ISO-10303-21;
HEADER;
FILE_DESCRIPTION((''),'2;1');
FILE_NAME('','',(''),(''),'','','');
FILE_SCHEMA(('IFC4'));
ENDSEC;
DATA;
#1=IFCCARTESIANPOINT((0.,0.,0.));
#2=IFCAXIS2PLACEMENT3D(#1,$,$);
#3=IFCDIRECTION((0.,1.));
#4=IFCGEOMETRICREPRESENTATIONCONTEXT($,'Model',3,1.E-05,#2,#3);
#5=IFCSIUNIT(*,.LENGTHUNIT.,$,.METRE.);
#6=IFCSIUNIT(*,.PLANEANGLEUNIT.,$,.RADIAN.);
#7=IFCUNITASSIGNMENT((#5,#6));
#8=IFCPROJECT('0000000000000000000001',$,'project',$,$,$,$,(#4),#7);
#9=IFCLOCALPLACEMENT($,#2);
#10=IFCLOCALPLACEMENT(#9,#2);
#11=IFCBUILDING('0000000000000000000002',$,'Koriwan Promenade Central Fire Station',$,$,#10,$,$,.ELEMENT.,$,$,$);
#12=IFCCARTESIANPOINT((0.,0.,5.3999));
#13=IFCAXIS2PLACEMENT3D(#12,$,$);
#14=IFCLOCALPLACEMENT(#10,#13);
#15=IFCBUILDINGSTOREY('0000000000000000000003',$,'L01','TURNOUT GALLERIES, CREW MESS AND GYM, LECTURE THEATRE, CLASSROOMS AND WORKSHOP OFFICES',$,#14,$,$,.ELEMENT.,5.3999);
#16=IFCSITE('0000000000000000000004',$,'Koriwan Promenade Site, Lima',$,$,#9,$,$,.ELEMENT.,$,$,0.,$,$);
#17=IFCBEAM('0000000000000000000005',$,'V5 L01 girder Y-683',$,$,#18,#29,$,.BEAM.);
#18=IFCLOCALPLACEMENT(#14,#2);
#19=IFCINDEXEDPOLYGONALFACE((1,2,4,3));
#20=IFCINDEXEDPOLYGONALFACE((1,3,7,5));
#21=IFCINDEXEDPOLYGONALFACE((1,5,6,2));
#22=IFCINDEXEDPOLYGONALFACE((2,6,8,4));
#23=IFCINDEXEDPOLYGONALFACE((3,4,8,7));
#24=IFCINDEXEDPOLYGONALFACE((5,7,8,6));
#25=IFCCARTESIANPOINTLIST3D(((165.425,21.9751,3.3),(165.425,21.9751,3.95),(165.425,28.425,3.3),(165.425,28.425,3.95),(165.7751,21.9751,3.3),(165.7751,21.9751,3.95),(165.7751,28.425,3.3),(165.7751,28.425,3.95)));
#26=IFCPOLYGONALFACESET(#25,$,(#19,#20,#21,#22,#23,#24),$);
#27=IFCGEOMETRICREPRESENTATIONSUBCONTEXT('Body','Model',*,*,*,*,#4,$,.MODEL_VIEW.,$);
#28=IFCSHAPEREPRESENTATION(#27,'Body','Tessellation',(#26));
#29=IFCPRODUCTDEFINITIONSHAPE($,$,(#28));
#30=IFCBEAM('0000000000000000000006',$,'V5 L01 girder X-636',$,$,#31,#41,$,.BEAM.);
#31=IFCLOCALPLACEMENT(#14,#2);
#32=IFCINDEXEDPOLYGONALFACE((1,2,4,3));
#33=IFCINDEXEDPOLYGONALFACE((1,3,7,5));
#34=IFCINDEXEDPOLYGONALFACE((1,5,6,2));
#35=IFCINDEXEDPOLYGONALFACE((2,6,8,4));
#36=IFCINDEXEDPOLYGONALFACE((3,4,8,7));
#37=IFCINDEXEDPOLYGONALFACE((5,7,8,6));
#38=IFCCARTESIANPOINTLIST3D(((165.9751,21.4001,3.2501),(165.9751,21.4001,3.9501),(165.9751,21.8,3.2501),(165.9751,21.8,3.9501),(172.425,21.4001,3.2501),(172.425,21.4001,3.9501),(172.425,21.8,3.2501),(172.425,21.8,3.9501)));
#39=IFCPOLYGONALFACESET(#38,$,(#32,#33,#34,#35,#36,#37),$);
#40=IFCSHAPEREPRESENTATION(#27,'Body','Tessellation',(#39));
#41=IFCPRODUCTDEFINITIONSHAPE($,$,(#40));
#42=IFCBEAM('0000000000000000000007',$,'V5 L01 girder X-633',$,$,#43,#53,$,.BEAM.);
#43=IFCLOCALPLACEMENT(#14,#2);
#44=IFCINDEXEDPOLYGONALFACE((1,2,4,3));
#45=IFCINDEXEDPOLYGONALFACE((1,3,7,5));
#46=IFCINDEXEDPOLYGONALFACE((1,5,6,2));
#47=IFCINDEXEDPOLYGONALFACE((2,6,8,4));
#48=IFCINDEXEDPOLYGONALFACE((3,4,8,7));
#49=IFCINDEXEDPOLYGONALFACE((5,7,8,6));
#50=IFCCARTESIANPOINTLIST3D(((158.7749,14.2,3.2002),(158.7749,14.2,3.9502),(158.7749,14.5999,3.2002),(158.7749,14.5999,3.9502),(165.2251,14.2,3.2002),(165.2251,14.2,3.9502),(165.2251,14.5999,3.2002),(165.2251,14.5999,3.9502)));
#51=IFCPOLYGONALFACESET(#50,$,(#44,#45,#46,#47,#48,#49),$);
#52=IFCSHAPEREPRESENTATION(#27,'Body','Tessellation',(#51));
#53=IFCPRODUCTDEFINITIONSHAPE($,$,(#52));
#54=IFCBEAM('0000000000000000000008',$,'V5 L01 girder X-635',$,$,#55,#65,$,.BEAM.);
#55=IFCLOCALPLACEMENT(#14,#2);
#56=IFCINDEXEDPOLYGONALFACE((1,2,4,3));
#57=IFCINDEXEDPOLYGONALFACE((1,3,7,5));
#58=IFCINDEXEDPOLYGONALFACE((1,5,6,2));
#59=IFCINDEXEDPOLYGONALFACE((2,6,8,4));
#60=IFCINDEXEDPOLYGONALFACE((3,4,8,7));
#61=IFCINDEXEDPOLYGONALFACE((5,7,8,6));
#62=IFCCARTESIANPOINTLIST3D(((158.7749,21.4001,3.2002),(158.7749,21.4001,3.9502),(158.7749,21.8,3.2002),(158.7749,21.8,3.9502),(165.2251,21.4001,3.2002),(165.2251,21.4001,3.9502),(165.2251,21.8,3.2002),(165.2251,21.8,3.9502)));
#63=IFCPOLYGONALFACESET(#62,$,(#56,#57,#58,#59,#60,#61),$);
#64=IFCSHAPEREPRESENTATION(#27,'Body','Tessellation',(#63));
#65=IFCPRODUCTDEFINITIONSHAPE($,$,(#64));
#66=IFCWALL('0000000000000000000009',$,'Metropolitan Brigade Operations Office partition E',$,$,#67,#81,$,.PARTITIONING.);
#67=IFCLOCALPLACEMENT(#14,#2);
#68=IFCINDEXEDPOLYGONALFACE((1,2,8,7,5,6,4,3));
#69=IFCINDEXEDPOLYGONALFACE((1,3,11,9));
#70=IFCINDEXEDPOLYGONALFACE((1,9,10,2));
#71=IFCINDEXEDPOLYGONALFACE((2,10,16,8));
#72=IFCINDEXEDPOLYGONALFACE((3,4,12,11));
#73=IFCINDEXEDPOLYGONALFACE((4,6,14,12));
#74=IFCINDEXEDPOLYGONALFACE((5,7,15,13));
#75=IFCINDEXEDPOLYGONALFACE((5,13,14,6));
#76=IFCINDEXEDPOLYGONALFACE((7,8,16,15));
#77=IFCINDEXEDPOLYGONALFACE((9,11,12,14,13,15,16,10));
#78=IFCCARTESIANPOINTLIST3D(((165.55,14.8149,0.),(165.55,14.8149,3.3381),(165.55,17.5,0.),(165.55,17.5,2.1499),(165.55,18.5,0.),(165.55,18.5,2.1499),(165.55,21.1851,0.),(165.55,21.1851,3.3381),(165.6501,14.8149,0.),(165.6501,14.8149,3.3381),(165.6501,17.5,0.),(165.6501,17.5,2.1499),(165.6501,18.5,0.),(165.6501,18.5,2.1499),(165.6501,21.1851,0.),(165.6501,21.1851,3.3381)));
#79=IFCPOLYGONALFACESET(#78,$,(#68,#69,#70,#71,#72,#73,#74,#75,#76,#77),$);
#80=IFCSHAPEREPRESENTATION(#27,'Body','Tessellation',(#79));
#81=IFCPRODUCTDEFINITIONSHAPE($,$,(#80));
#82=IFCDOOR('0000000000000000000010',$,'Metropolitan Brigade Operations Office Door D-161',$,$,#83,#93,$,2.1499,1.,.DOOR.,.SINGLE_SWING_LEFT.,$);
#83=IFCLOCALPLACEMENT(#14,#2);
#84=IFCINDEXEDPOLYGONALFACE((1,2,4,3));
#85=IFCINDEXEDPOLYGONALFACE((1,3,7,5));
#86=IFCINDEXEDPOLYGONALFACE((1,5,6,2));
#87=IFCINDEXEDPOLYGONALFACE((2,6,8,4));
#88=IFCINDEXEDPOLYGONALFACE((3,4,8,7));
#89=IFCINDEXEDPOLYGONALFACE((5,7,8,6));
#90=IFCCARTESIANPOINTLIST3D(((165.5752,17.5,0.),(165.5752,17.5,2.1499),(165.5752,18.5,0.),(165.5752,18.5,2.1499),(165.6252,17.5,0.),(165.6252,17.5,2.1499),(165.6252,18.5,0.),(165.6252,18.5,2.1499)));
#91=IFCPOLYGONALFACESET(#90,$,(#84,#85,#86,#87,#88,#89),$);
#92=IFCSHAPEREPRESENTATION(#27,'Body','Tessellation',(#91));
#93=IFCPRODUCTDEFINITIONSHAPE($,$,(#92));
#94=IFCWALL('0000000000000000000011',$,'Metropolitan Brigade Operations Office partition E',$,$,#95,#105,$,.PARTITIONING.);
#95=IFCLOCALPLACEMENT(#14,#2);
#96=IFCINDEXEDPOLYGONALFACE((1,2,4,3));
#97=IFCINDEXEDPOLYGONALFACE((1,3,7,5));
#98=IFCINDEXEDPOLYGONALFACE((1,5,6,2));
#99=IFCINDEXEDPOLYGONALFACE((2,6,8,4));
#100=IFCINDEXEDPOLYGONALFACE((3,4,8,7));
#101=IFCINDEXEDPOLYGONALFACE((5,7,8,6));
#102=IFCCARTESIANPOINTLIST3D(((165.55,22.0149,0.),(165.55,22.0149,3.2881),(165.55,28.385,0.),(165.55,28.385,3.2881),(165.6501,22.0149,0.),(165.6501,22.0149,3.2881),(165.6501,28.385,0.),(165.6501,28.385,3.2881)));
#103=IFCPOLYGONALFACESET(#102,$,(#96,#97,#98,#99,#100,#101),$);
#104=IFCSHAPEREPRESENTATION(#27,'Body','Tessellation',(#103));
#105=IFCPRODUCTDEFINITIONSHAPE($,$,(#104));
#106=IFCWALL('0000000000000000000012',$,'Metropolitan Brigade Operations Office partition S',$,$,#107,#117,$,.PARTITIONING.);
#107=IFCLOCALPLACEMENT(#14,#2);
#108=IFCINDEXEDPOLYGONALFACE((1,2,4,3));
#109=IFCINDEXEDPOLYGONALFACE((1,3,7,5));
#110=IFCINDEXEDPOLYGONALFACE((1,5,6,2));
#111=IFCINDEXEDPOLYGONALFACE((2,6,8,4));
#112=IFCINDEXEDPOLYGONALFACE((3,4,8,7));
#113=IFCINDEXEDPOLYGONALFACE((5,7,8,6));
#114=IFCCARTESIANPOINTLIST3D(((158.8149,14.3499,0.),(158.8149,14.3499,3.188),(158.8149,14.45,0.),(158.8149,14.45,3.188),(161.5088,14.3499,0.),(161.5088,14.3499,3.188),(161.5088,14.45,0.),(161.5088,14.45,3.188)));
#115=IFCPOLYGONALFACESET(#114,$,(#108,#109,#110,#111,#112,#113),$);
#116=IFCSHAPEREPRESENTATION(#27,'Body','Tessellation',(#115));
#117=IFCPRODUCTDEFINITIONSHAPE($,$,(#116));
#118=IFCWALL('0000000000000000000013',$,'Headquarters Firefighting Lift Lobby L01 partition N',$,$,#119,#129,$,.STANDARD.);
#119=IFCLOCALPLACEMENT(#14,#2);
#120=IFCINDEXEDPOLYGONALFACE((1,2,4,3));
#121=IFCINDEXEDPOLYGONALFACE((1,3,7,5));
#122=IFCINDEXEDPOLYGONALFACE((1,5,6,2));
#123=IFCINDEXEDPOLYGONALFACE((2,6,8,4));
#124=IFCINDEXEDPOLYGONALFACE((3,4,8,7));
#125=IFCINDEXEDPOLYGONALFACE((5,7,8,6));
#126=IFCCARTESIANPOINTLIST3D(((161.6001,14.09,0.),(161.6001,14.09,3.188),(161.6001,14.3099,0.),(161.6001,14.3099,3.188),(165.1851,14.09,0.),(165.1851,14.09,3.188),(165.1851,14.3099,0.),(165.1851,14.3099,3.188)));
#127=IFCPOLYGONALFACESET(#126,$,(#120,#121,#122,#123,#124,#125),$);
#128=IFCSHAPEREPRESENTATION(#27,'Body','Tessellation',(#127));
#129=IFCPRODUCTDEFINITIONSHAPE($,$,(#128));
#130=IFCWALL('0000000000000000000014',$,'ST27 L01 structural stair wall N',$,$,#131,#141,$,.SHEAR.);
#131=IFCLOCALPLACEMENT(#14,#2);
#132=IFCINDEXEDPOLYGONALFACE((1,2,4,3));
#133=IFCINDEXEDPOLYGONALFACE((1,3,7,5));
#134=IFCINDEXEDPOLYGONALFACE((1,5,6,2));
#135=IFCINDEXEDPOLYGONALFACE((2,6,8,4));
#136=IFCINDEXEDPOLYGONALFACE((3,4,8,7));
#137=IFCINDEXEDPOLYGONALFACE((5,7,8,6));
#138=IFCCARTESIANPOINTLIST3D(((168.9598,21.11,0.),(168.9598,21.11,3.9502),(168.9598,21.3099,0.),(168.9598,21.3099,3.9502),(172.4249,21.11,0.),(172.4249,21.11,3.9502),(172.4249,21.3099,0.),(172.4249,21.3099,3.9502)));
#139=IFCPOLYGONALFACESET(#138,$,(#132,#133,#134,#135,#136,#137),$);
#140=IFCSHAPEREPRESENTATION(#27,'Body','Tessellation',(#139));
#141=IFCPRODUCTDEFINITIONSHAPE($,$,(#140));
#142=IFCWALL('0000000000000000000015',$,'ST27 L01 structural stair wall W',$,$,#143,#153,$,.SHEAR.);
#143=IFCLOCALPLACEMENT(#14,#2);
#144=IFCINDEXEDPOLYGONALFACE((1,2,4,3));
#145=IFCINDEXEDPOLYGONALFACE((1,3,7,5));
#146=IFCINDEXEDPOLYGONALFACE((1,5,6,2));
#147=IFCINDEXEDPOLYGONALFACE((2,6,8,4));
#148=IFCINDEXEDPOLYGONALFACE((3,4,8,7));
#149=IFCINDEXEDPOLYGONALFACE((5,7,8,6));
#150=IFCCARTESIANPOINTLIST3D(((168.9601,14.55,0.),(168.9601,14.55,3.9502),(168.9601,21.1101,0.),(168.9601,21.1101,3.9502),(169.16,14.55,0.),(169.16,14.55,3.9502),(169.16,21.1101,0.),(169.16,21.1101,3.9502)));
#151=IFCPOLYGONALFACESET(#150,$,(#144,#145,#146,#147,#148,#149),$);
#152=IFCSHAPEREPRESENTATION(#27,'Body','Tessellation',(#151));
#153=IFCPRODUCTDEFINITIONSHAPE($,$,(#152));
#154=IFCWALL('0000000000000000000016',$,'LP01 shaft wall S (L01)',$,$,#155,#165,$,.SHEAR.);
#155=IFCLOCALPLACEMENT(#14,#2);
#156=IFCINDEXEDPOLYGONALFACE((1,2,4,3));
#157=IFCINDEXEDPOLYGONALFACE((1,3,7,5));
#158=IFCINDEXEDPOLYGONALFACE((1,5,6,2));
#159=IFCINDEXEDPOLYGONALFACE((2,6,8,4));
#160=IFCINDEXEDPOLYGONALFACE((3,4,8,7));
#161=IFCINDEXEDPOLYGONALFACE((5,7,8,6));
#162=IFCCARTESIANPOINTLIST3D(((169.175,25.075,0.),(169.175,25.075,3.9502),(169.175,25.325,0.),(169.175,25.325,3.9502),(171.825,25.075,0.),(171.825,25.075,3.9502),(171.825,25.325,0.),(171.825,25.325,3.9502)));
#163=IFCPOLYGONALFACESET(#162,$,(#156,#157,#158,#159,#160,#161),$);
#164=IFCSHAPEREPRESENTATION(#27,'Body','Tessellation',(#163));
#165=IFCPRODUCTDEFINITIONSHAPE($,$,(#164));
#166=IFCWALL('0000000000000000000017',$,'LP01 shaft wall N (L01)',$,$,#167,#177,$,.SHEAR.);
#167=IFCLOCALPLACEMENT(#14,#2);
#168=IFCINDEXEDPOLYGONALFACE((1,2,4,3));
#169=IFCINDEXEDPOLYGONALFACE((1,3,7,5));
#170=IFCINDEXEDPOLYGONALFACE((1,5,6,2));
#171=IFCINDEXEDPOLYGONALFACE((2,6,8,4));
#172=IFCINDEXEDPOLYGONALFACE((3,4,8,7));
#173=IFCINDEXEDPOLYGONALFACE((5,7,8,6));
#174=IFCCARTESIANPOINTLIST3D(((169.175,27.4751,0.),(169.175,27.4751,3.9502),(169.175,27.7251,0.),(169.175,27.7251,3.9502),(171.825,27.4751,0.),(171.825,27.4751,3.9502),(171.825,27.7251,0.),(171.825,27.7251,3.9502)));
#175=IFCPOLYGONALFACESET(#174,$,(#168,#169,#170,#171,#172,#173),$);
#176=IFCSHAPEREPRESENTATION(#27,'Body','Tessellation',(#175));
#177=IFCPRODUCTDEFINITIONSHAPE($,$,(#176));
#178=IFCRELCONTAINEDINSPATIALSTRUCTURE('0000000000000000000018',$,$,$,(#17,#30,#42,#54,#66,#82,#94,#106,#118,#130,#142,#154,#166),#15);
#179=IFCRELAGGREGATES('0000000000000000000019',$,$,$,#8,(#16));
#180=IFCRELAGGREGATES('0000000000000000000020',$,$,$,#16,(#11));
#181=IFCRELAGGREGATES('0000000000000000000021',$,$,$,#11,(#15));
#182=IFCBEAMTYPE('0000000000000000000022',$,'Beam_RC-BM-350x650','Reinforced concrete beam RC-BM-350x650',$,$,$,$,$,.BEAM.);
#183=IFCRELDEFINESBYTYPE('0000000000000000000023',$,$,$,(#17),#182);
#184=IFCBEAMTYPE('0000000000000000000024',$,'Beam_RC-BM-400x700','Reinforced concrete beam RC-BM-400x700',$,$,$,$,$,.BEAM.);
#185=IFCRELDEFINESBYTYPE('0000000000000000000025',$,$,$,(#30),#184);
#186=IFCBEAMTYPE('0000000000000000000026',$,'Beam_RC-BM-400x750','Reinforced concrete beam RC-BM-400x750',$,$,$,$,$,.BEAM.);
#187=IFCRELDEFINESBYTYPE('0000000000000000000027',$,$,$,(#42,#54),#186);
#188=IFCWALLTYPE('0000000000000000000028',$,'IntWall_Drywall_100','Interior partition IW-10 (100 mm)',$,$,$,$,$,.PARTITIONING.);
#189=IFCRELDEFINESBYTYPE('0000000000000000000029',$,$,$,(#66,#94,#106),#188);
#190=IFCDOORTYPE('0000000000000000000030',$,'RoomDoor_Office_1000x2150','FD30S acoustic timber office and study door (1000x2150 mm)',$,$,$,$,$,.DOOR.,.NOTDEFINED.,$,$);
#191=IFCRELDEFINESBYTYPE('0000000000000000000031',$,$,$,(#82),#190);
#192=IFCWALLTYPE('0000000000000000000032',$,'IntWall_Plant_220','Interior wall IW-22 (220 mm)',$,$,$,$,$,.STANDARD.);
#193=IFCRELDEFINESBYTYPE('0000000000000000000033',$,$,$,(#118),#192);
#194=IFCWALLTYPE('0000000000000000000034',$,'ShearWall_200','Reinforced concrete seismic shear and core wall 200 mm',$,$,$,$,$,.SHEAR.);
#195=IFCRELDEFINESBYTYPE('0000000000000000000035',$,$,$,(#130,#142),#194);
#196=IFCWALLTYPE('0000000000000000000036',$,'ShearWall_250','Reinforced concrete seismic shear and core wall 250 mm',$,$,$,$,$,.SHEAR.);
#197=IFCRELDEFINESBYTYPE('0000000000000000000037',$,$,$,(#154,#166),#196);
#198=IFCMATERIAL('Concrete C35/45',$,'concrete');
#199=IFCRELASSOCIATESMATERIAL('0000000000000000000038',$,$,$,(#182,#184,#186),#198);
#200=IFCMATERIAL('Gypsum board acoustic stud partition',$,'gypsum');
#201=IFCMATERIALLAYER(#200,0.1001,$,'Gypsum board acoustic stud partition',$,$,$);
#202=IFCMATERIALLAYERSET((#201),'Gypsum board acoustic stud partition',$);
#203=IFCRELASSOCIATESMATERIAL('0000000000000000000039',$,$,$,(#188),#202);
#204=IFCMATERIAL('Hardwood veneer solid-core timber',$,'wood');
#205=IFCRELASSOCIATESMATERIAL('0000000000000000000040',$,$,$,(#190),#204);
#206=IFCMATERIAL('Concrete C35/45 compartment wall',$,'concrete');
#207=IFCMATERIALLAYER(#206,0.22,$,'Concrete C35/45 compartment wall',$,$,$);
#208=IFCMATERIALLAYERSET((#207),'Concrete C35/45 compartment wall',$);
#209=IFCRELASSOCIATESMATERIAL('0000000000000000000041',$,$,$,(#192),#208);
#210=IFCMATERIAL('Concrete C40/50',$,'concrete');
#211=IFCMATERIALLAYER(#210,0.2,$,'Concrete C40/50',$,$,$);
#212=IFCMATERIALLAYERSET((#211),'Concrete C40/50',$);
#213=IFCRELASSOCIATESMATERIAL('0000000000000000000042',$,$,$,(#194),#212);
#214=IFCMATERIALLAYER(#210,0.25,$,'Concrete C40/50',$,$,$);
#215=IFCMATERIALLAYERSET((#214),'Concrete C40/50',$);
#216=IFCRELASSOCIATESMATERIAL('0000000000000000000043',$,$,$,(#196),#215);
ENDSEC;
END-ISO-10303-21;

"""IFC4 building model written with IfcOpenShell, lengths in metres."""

from ifc_helpers import new_model, si_unit, direction, frame, frame_2d, origin, origin_2d, place, context, subcontext, project, spatial, rectangle, extrude, material, layer, layer_set, material_profile, profile_set, type_object, element, fill, save


model = new_model("IFC4")

# Units and contexts
model_context = context("Model", 3, precision=1e-05, world=origin(), true_north=direction((0.0, 1.0)))
body_context = subcontext(model_context, "Body", "Model", "MODEL_VIEW")
ifc_project = project(units=[si_unit("LENGTHUNIT", "METRE"), si_unit("PLANEANGLEUNIT", "RADIAN")], contexts=[model_context])

# Site, building, storey
site_placement = place(None, origin())
site = spatial("IfcSite", under=ifc_project, at=site_placement, Name="Koriwan Promenade Site, Lima", CompositionType="ELEMENT", RefElevation=0.0)
building_placement = place(site_placement, origin())
building = spatial("IfcBuilding", under=site, at=building_placement, Name="Koriwan Promenade Central Fire Station", CompositionType="ELEMENT")
storey_placement = place(building_placement, frame((0.0, 0.0, 5.3999)))
storey = spatial("IfcBuildingStorey", under=building, at=storey_placement, Name="L01", Description="TURNOUT GALLERIES, CREW MESS AND GYM, LECTURE THEATRE, CLASSROOMS AND WORKSHOP OFFICES", CompositionType="ELEMENT", Elevation=5.3999)

# Shared definitions
ifc_material_1 = material(Name="Concrete C40/50", Category="concrete")

# Beams
ifc_material_2 = material(Name="Concrete C35/45", Category="concrete")
ifc_material_profile_1 = material_profile(ifc_material_2, rectangle(XDim=0.3501, YDim=0.6499, at=origin_2d()), Name="RC-BM-350x650")
ifc_profile_set_1 = profile_set([ifc_material_profile_1], Name="Concrete C35/45")
beam_type_1 = type_object("IfcBeamType", Name="Beam_RC-BM-350x650", Description="Reinforced concrete beam RC-BM-350x650", PredefinedType="BEAM", material=ifc_profile_set_1)
for number, where, z_axis, x_axis, name in (
    (1, (165.6001, 21.9751, 3.625), (0.0, 1.0, 0.0), (-1.0, 0.0, 0.0), "V5 L01 girder Y-683"),
):
    element("IfcBeam", number, at=place(storey_placement, frame(where, z_axis=z_axis, x_axis=x_axis)), inside=storey, type_object=beam_type_1, Name=name, PredefinedType="BEAM", context=body_context, shape_type="SweptSolid", body=[
        extrude(rectangle(XDim=0.3501, YDim=0.6499, at=origin_2d()), origin(), (0.0, 0.0, 1.0), 6.45),
    ])
ifc_material_profile_2 = material_profile(ifc_material_2, rectangle(XDim=0.3999, YDim=0.7, at=origin_2d()), Name="RC-BM-400x700")
ifc_profile_set_2 = profile_set([ifc_material_profile_2], Name="Concrete C35/45")
beam_type_2 = type_object("IfcBeamType", Name="Beam_RC-BM-400x700", Description="Reinforced concrete beam RC-BM-400x700", PredefinedType="BEAM", material=ifc_profile_set_2)
beam_placement = place(storey_placement, frame((165.9751, 21.6001, 3.6001), z_axis=(1.0, 0.0, 0.0), x_axis=(0.0, 1.0, 0.0)))
element("IfcBeam", 2, at=beam_placement, inside=storey, type_object=beam_type_2, Name="V5 L01 girder X-636", PredefinedType="BEAM", context=body_context, shape_type="SweptSolid", body=[
    extrude(rectangle(XDim=0.3999, YDim=0.7, at=origin_2d()), origin(), (0.0, 0.0, 1.0), 6.45),
])
ifc_material_profile_3 = material_profile(ifc_material_2, rectangle(XDim=0.3999, YDim=0.75, at=origin_2d()), Name="RC-BM-400x750")
ifc_profile_set_3 = profile_set([ifc_material_profile_3], Name="Concrete C35/45")
beam_type_3 = type_object("IfcBeamType", Name="Beam_RC-BM-400x750", Description="Reinforced concrete beam RC-BM-400x750", PredefinedType="BEAM", material=ifc_profile_set_3)
for number, where, z_axis, x_axis, name in (
    (3, (158.7749, 14.3999, 3.5752), (1.0, 0.0, 0.0), (0.0, 1.0, 0.0), "V5 L01 girder X-633"),
    (4, (158.7749, 21.6001, 3.5752), (1.0, 0.0, 0.0), (0.0, 1.0, 0.0), "V5 L01 girder X-635"),
):
    element("IfcBeam", number, at=place(storey_placement, frame(where, z_axis=z_axis, x_axis=x_axis)), inside=storey, type_object=beam_type_3, Name=name, PredefinedType="BEAM", context=body_context, shape_type="SweptSolid", body=[
        extrude(rectangle(XDim=0.3999, YDim=0.75, at=origin_2d()), origin(), (0.0, 0.0, 1.0), 6.4502),
    ])

# Wall, opening, door
ifc_material_3 = material(Name="Gypsum board acoustic stud partition", Category="gypsum")
ifc_layer_1 = layer(ifc_material_3, 0.1001, Name="Gypsum board acoustic stud partition")
ifc_layer_set_1 = layer_set([ifc_layer_1], Name="Gypsum board acoustic stud partition")
wall_type_1 = type_object("IfcWallType", Name="IntWall_Drywall_100", Description="Interior partition IW-10 (100 mm)", PredefinedType="PARTITIONING", material=ifc_layer_set_1)
wall_1_placement = place(storey_placement, frame((165.6001, 14.8149, 0.0), z_axis=(0.0, 0.0, 1.0), x_axis=(0.0, 1.0, 0.0)))
wall_1 = element("IfcWall", 5, at=wall_1_placement, inside=storey, type_object=wall_type_1, Name="Metropolitan Brigade Operations Office partition E", PredefinedType="PARTITIONING", context=body_context, shape_type="SweptSolid", body=[
    extrude(rectangle(XDim=6.3701, YDim=0.1001, at=frame_2d((3.1851, 0.0))), origin(), (0.0, 0.0, 1.0), 3.3381),
])
opening_1_placement = place(wall_1_placement, frame((2.6851, 0.0, 0.0)))
opening_1 = element("IfcOpeningElement", 6, at=opening_1_placement, cuts=wall_1, PredefinedType="OPENING", context=body_context, shape_type="SweptSolid", body=[
    extrude(rectangle(XDim=1.0, YDim=2.1499, at=frame_2d((0.5, 1.075))), frame((0.0, 0.062, 0.0), z_axis=(0.0, -1.0, 0.0), x_axis=(1.0, 0.0, 0.0)), (0.0, 0.0, 1.0), 0.124),
])
ifc_material_4 = material(Name="Hardwood veneer solid-core timber", Category="wood")
door_type_1 = type_object("IfcDoorType", Name="RoomDoor_Office_1000x2150", Description="FD30S acoustic timber office and study door (1000x2150 mm)", OperationType="NOTDEFINED", PredefinedType="DOOR", material=ifc_material_4)
door_1_placement = place(opening_1_placement, origin())
door_1 = element("IfcDoor", 7, at=door_1_placement, inside=storey, type_object=door_type_1, Name="Metropolitan Brigade Operations Office Door D-161", OperationType="SINGLE_SWING_LEFT", OverallHeight=2.1499, OverallWidth=1.0, PredefinedType="DOOR", context=body_context, shape_type="SweptSolid", body=[
    extrude(rectangle(XDim=1.0, YDim=2.1499, at=frame_2d((0.5, 1.075))), frame((0.0, 0.0249, 0.0), z_axis=(0.0, -1.0, 0.0), x_axis=(1.0, 0.0, 0.0)), (0.0, 0.0, 1.0), 0.05),
])
fill(opening_1, door_1)

# Walls
wall_2_placement = place(storey_placement, frame((165.6001, 22.0149, 0.0), z_axis=(0.0, 0.0, 1.0), x_axis=(0.0, 1.0, 0.0)))
element("IfcWall", 8, at=wall_2_placement, inside=storey, type_object=wall_type_1, Name="Metropolitan Brigade Operations Office partition E", PredefinedType="PARTITIONING", context=body_context, shape_type="SweptSolid", body=[
    extrude(rectangle(XDim=6.3701, YDim=0.1001, at=frame_2d((3.1851, 0.0))), origin(), (0.0, 0.0, 1.0), 3.2881),
])
wall_3_placement = place(storey_placement, frame((158.8149, 14.3999, 0.0), z_axis=(0.0, 0.0, 1.0), x_axis=(1.0, 0.0, 0.0)))
element("IfcWall", 9, at=wall_3_placement, inside=storey, type_object=wall_type_1, Name="Metropolitan Brigade Operations Office partition S", PredefinedType="PARTITIONING", context=body_context, shape_type="SweptSolid", body=[
    extrude(rectangle(XDim=2.6938, YDim=0.1001, at=frame_2d((1.3469, 0.0))), origin(), (0.0, 0.0, 1.0), 3.188),
])
ifc_material_5 = material(Name="Concrete C35/45 compartment wall", Category="concrete")
ifc_layer_2 = layer(ifc_material_5, 0.22, Name="Concrete C35/45 compartment wall")
ifc_layer_set_2 = layer_set([ifc_layer_2], Name="Concrete C35/45 compartment wall")
wall_type_2 = type_object("IfcWallType", Name="IntWall_Plant_220", Description="Interior wall IW-22 (220 mm)", PredefinedType="STANDARD", material=ifc_layer_set_2)
wall_4_placement = place(storey_placement, frame((161.6001, 14.2, 0.0), z_axis=(0.0, 0.0, 1.0), x_axis=(1.0, 0.0, 0.0)))
element("IfcWall", 10, at=wall_4_placement, inside=storey, type_object=wall_type_2, Name="Headquarters Firefighting Lift Lobby L01 partition N", PredefinedType="STANDARD", context=body_context, shape_type="SweptSolid", body=[
    extrude(rectangle(XDim=3.585, YDim=0.22, at=frame_2d((1.7925, 0.0))), origin(), (0.0, 0.0, 1.0), 3.188),
])

# Shared definitions
ifc_layer_3 = layer(ifc_material_1, 0.2, Name="Concrete C40/50")
ifc_layer_set_3 = layer_set([ifc_layer_3], Name="Concrete C40/50")
wall_type_3 = type_object("IfcWallType", Name="ShearWall_200", Description="Reinforced concrete seismic shear and core wall 200 mm", PredefinedType="SHEAR", material=ifc_layer_set_3)

# Walls
wall_5_placement = place(storey_placement, frame((168.96, 21.21, 0.0), z_axis=(0.0, 0.0, 1.0), x_axis=(1.0, 0.0, 0.0)))
element("IfcWall", 11, at=wall_5_placement, inside=storey, type_object=wall_type_3, Name="ST27 L01 structural stair wall N", PredefinedType="SHEAR", context=body_context, shape_type="SweptSolid", body=[
    extrude(rectangle(XDim=3.4651, YDim=0.2, at=frame_2d((1.7324, 0.0))), origin(), (0.0, 0.0, 1.0), 3.9502),
])
wall_6_placement = place(storey_placement, frame((169.0601, 14.55, 0.0), z_axis=(0.0, 0.0, 1.0), x_axis=(0.0, 1.0, 0.0)))
element("IfcWall", 12, at=wall_6_placement, inside=storey, type_object=wall_type_3, Name="ST27 L01 structural stair wall W", PredefinedType="SHEAR", context=body_context, shape_type="SweptSolid", body=[
    extrude(rectangle(XDim=6.5601, YDim=0.2, at=frame_2d((3.28, 0.0))), origin(), (0.0, 0.0, 1.0), 3.9502),
])
ifc_layer_4 = layer(ifc_material_1, 0.25, Name="Concrete C40/50")
ifc_layer_set_4 = layer_set([ifc_layer_4], Name="Concrete C40/50")
wall_type_4 = type_object("IfcWallType", Name="ShearWall_250", Description="Reinforced concrete seismic shear and core wall 250 mm", PredefinedType="SHEAR", material=ifc_layer_set_4)
for number, where, z_axis, x_axis, name in (
    (13, (169.175, 25.2, 0.0), (0.0, 0.0, 1.0), (1.0, 0.0, 0.0), "LP01 shaft wall S (L01)"),
    (14, (169.175, 27.6001, 0.0), (0.0, 0.0, 1.0), (1.0, 0.0, 0.0), "LP01 shaft wall N (L01)"),
):
    element("IfcWall", number, at=place(storey_placement, frame(where, z_axis=z_axis, x_axis=x_axis)), inside=storey, type_object=wall_type_4, Name=name, PredefinedType="SHEAR", context=body_context, shape_type="SweptSolid", body=[
        extrude(rectangle(XDim=2.6499, YDim=0.25, at=frame_2d((1.325, 0.0))), origin(), (0.0, 0.0, 1.0), 3.9502),
    ])

save(model, "model.ifc")
